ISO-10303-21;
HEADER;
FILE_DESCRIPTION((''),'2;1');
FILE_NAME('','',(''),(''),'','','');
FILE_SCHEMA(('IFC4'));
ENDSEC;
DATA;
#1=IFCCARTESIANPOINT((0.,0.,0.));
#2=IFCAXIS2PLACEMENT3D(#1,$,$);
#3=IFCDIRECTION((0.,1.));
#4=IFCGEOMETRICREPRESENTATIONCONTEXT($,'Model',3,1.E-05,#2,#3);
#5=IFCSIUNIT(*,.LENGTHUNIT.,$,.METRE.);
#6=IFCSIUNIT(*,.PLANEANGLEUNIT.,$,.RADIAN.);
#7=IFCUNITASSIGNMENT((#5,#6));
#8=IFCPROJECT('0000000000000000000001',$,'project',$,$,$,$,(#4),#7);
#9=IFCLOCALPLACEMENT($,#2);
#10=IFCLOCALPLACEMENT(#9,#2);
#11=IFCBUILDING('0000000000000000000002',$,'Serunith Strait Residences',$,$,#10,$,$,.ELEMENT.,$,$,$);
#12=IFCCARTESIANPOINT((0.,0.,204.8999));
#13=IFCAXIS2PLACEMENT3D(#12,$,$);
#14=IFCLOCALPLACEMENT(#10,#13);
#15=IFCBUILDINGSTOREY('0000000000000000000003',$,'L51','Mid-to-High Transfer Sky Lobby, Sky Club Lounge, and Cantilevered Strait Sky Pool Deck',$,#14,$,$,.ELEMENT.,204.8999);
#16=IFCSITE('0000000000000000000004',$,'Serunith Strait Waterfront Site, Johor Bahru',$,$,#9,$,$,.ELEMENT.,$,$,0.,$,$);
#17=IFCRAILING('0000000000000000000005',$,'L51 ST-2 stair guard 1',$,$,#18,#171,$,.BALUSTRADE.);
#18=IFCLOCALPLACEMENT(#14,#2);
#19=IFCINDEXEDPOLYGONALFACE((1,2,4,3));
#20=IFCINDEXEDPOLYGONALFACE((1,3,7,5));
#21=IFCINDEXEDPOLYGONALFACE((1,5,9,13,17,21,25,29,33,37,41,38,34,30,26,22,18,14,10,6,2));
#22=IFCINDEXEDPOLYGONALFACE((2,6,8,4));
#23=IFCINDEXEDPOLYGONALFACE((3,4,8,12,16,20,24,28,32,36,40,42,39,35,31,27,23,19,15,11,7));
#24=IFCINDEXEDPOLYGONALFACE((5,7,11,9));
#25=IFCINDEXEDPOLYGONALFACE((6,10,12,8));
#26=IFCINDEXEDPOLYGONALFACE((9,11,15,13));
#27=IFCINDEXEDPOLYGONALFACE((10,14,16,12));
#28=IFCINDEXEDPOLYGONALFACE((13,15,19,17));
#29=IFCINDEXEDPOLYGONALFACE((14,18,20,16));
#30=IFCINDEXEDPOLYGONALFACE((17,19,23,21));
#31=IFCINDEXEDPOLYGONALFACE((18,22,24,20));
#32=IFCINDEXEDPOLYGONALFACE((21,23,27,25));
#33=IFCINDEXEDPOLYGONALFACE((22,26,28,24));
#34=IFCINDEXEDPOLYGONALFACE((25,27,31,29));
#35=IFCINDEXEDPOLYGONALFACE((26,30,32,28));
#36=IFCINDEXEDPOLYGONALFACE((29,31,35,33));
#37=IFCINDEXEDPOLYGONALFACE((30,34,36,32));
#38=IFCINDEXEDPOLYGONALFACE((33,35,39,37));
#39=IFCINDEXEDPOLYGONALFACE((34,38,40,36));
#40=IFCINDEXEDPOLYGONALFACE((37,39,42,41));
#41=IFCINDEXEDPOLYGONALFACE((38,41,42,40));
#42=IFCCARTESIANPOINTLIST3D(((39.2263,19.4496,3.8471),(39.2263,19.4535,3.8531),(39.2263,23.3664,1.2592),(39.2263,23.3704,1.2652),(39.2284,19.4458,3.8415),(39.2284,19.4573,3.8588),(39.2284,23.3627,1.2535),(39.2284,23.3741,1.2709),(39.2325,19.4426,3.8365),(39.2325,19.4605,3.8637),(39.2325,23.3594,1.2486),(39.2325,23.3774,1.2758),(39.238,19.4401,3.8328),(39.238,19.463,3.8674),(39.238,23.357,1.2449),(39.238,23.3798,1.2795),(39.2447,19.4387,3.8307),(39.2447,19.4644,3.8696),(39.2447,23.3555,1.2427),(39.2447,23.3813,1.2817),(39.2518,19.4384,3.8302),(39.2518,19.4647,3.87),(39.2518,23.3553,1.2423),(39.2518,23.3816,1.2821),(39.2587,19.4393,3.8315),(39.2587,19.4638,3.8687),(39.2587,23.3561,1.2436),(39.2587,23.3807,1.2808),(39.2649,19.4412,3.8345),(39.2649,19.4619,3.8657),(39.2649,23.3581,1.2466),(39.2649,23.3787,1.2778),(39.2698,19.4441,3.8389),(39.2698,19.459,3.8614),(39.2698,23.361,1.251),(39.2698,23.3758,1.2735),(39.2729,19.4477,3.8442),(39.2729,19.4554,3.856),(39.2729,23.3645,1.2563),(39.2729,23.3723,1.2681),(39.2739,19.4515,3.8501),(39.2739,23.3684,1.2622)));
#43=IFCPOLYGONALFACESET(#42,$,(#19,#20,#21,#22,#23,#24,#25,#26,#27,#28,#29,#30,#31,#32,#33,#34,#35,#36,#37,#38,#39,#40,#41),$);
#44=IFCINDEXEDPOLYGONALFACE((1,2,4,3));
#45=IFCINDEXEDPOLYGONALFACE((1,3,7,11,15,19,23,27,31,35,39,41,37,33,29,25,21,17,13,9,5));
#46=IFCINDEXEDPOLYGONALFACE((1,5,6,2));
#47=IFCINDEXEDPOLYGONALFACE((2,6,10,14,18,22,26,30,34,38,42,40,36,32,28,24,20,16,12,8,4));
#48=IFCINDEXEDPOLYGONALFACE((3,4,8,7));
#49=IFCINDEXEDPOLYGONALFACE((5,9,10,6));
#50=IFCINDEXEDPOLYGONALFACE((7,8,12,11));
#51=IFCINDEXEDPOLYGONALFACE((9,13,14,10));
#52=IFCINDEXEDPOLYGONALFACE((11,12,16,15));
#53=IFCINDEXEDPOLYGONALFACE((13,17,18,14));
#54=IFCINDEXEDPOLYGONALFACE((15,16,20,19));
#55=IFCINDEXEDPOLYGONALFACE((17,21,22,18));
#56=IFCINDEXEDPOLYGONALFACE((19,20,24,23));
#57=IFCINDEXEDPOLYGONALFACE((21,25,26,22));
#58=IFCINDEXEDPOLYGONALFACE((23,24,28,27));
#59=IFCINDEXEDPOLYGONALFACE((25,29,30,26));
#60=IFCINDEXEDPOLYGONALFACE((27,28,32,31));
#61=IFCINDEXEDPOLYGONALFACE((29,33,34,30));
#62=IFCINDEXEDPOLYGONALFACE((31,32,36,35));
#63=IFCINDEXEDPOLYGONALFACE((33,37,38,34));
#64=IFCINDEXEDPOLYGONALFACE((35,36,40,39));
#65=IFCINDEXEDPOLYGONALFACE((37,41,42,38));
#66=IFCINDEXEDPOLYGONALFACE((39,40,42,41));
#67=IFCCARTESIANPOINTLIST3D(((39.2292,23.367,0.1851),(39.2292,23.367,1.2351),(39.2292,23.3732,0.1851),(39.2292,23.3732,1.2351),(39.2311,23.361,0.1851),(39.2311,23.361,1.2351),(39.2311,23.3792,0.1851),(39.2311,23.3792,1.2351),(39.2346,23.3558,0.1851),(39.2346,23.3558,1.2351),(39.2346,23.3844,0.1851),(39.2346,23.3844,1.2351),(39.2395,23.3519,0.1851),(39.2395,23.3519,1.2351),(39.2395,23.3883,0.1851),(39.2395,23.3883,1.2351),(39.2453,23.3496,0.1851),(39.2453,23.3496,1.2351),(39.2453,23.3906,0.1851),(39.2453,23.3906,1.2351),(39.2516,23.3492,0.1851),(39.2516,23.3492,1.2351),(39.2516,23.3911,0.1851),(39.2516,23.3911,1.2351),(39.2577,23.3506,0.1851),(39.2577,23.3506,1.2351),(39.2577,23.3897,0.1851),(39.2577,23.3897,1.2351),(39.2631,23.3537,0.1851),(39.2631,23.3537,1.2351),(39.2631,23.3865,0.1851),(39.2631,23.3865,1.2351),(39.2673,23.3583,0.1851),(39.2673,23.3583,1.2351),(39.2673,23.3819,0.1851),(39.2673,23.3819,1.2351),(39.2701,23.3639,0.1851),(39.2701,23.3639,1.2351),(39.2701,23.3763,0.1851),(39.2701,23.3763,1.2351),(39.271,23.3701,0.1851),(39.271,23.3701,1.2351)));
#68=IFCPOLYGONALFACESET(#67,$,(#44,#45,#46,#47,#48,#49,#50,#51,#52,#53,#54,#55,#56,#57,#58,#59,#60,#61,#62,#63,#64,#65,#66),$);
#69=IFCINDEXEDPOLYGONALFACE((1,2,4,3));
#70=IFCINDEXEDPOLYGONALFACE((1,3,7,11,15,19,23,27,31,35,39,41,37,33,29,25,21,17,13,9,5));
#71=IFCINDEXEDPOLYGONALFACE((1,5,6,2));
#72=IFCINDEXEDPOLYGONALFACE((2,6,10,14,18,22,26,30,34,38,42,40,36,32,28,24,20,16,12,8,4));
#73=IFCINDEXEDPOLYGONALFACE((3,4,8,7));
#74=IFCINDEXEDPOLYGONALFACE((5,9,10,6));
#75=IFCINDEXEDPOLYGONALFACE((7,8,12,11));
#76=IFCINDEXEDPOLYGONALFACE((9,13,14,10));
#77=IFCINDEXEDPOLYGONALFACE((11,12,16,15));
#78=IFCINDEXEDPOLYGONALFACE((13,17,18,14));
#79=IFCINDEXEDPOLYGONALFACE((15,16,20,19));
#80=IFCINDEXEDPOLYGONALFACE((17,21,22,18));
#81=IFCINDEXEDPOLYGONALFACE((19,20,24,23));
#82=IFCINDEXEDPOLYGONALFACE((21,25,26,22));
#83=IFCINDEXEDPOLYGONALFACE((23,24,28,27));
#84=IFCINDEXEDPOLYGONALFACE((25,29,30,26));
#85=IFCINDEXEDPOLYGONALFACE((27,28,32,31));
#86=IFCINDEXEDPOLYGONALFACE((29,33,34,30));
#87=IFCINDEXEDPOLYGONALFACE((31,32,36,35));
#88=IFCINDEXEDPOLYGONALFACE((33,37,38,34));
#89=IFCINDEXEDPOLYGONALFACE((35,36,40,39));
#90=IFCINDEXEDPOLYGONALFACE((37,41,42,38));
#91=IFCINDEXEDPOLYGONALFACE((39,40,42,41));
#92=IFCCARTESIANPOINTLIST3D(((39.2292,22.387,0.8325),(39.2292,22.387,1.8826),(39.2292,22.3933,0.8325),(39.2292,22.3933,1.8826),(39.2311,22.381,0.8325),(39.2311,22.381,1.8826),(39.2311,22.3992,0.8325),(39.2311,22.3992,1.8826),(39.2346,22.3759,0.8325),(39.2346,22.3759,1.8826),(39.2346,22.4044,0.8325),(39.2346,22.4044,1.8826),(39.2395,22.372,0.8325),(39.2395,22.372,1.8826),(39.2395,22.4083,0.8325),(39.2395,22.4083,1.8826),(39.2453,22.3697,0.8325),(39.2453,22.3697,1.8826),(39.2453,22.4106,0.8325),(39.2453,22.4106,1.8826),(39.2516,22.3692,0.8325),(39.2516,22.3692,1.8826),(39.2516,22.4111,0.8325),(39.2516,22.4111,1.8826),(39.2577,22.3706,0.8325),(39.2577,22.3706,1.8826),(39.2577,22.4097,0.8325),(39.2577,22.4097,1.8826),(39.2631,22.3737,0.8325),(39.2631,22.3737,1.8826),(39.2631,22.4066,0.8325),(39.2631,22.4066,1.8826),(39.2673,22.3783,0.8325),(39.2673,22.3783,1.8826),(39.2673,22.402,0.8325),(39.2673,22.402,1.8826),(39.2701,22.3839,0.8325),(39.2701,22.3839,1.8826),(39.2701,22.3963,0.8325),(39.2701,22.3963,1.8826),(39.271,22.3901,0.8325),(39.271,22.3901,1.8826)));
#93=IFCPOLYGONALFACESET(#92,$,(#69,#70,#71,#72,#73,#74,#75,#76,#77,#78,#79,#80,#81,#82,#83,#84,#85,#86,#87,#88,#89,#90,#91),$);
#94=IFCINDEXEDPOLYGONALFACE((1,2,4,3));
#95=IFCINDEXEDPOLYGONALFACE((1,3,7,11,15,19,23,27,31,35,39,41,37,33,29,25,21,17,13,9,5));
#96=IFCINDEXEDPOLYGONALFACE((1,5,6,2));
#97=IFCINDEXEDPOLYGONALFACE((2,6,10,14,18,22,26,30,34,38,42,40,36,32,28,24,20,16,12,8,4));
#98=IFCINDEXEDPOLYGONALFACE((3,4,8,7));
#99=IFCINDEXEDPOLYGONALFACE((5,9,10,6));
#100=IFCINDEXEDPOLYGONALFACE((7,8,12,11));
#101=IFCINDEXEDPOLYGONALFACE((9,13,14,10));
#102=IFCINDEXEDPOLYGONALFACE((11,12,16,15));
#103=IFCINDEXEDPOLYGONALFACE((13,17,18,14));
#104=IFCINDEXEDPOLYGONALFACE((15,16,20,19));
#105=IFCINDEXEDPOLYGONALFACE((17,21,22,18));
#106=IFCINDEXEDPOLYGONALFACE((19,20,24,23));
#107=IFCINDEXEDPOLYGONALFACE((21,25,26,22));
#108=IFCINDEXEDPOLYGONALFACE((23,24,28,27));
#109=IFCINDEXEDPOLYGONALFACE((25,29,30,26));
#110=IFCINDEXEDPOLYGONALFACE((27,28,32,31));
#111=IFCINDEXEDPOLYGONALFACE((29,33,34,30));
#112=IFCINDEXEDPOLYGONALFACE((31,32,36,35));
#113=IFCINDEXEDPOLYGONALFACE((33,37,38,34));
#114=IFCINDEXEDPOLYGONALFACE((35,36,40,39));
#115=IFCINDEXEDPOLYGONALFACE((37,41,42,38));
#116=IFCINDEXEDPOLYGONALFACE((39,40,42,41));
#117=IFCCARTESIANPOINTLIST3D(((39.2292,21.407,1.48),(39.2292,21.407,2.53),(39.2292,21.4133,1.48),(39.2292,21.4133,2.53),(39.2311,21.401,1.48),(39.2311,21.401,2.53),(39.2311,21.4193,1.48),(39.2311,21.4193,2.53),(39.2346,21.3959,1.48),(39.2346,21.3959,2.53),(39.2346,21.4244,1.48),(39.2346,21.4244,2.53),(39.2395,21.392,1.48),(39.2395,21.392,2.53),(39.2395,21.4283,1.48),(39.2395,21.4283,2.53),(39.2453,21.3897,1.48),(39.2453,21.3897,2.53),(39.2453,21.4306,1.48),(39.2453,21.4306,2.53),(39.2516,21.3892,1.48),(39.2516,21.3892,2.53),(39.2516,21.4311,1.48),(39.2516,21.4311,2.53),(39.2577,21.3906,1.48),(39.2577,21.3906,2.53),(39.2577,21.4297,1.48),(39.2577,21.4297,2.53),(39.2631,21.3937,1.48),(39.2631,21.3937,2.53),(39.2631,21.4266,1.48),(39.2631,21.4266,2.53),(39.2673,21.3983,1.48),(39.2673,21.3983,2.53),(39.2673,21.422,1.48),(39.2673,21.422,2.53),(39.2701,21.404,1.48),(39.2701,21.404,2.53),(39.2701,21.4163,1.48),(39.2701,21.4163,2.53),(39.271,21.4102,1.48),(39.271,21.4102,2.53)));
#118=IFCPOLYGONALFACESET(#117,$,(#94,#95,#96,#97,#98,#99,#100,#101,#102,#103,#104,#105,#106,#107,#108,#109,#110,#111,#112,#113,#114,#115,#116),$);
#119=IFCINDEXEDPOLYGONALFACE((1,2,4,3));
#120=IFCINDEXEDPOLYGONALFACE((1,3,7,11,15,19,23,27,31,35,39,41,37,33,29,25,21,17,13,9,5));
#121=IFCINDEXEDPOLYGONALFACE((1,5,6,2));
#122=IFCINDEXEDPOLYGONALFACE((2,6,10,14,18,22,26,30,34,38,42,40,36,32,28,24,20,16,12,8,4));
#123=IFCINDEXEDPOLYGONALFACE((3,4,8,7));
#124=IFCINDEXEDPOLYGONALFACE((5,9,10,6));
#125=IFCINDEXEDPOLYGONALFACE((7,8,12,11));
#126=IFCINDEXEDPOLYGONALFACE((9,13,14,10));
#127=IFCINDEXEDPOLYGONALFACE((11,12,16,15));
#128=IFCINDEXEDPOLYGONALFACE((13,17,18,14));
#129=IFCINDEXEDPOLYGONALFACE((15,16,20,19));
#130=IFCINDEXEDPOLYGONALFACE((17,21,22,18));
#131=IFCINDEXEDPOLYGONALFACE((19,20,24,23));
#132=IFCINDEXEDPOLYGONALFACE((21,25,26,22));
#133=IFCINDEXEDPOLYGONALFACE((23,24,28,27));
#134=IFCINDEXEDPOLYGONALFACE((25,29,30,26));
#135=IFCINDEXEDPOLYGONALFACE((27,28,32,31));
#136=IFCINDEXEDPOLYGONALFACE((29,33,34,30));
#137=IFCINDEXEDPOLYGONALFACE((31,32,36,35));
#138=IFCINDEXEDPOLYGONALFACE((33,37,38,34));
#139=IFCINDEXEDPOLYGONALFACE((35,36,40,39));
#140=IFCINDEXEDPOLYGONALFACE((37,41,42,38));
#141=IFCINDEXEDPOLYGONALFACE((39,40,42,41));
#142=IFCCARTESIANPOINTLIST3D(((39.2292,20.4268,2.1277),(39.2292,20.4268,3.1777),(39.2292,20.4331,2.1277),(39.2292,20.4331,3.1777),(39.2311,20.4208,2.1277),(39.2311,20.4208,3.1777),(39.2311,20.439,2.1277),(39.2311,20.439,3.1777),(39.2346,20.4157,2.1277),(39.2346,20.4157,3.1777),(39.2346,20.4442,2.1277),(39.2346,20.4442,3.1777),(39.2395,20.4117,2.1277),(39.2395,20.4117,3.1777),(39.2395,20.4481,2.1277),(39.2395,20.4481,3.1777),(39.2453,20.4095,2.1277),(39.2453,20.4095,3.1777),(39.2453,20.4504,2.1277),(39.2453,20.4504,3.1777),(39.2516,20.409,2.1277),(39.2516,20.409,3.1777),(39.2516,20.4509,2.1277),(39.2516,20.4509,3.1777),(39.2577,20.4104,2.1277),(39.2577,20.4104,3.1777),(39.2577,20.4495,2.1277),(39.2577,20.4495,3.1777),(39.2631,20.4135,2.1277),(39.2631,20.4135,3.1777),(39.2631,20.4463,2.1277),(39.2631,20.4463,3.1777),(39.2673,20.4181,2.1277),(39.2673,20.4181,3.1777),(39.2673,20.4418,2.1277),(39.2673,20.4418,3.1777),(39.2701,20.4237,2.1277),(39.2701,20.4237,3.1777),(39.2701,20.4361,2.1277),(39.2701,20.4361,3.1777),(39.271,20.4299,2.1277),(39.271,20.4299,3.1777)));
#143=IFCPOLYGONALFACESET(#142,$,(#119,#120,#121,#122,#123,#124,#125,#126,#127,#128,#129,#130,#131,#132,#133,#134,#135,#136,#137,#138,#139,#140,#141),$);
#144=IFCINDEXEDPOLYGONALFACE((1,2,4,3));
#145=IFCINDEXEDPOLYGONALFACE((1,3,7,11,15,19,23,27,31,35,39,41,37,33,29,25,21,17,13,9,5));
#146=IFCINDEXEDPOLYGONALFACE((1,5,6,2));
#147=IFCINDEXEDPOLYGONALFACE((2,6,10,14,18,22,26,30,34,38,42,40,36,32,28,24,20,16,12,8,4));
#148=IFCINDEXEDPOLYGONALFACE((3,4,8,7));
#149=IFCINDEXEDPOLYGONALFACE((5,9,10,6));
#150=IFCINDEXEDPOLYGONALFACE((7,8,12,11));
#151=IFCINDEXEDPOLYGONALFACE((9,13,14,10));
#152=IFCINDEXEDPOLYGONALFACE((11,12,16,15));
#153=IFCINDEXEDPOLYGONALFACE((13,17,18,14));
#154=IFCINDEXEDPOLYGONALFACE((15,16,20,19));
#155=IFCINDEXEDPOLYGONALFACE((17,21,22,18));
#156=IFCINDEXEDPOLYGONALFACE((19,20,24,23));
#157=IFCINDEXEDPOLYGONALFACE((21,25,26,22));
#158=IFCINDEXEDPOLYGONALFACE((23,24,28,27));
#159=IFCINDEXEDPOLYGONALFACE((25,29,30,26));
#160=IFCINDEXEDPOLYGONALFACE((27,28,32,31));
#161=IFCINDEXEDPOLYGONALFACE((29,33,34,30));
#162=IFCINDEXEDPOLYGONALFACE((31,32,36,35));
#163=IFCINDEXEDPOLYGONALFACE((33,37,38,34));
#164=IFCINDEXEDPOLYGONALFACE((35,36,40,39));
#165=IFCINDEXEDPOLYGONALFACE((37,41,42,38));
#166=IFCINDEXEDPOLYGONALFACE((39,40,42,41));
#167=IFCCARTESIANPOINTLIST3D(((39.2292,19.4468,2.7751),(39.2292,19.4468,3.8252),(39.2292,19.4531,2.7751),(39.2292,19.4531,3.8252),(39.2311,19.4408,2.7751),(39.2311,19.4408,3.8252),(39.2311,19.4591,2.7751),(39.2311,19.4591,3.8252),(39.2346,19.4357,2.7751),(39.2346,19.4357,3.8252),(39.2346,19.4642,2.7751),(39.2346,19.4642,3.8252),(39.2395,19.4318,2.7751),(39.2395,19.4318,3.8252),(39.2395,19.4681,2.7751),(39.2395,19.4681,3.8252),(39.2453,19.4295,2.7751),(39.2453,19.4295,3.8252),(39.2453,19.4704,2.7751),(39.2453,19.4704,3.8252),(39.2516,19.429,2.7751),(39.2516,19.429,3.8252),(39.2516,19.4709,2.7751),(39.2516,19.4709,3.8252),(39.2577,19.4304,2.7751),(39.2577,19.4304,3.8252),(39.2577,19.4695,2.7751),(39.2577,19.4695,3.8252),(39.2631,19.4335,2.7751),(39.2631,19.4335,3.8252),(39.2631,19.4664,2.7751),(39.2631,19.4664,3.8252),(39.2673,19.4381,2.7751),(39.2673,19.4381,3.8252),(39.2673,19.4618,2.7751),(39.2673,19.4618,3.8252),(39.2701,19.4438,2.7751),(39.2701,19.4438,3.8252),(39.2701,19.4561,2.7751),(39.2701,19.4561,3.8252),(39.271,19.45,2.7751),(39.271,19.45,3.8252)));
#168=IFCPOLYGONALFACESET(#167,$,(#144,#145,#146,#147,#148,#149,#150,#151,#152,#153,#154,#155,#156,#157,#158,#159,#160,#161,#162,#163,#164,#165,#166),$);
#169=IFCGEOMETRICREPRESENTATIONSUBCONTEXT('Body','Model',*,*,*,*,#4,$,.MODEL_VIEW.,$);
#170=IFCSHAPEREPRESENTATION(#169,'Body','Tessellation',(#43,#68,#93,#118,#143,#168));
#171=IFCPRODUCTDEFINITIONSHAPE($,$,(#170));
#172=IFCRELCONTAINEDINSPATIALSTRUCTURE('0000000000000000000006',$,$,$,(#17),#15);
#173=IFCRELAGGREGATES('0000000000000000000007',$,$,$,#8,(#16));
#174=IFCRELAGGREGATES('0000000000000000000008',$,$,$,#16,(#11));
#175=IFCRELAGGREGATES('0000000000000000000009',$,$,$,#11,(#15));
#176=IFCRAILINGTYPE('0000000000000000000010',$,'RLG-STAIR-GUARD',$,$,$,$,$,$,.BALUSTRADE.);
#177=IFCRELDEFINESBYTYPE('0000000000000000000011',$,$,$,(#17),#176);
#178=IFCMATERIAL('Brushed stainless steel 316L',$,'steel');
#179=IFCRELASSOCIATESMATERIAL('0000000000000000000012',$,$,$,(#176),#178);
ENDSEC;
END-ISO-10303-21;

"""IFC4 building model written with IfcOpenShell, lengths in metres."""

from ifc_helpers import new_model, si_unit, direction, frame, origin, origin_2d, place, context, subcontext, project, spatial, circle, extrude, material, type_object, element, save


model = new_model("IFC4")

# Units and contexts
model_context = context("Model", 3, precision=1e-05, world=origin(), true_north=direction((0.0, 1.0)))
body_context = subcontext(model_context, "Body", "Model", "MODEL_VIEW")
ifc_project = project(units=[si_unit("LENGTHUNIT", "METRE"), si_unit("PLANEANGLEUNIT", "RADIAN")], contexts=[model_context])

# Site, building, storey
site_placement = place(None, origin())
site = spatial("IfcSite", under=ifc_project, at=site_placement, Name="Serunith Strait Waterfront Site, Johor Bahru", CompositionType="ELEMENT", RefElevation=0.0)
building_placement = place(site_placement, origin())
building = spatial("IfcBuilding", under=site, at=building_placement, Name="Serunith Strait Residences", CompositionType="ELEMENT")
storey_placement = place(building_placement, frame((0.0, 0.0, 204.8999)))
storey = spatial("IfcBuildingStorey", under=building, at=storey_placement, Name="L51", Description="Mid-to-High Transfer Sky Lobby, Sky Club Lounge, and Cantilevered Strait Sky Pool Deck", CompositionType="ELEMENT", Elevation=204.8999)

# Railing
ifc_material_1 = material(Name="Brushed stainless steel 316L", Category="steel")
railing_type_1 = type_object("IfcRailingType", Name="RLG-STAIR-GUARD", PredefinedType="BALUSTRADE", material=ifc_material_1)
railing_1_placement = place(storey_placement, frame((39.25, 23.3701, 0.1851)))
element("IfcRailing", 1, at=railing_1_placement, inside=storey, type_object=railing_type_1, Name="L51 ST-2 stair guard 1", PredefinedType="BALUSTRADE", context=body_context, shape_type="SweptSolid", body=[
    extrude(circle(Radius=0.0239, at=origin_2d()), frame((0.0, -0.0017, 1.0771), z_axis=(0.0, -0.834337, 0.551254), x_axis=(1.0, 0.0, 0.0)), (0.0, 0.0, 1.0), 4.6946),
    extrude(circle(Radius=0.021, at=origin_2d()), origin(), (0.0, 0.0, 1.0), 1.05),
    extrude(circle(Radius=0.021, at=origin_2d()), frame((0.0, -0.98, 0.6475)), (0.0, 0.0, 1.0), 1.05),
    extrude(circle(Radius=0.021, at=origin_2d()), frame((0.0, -1.96, 1.2949)), (0.0, 0.0, 1.0), 1.05),
    extrude(circle(Radius=0.021, at=origin_2d()), frame((0.0, -2.9402, 1.9426)), (0.0, 0.0, 1.0), 1.05),
    extrude(circle(Radius=0.021, at=origin_2d()), frame((0.0, -3.9202, 2.5901)), (0.0, 0.0, 1.0), 1.05),
])

save(model, "model.ifc")
